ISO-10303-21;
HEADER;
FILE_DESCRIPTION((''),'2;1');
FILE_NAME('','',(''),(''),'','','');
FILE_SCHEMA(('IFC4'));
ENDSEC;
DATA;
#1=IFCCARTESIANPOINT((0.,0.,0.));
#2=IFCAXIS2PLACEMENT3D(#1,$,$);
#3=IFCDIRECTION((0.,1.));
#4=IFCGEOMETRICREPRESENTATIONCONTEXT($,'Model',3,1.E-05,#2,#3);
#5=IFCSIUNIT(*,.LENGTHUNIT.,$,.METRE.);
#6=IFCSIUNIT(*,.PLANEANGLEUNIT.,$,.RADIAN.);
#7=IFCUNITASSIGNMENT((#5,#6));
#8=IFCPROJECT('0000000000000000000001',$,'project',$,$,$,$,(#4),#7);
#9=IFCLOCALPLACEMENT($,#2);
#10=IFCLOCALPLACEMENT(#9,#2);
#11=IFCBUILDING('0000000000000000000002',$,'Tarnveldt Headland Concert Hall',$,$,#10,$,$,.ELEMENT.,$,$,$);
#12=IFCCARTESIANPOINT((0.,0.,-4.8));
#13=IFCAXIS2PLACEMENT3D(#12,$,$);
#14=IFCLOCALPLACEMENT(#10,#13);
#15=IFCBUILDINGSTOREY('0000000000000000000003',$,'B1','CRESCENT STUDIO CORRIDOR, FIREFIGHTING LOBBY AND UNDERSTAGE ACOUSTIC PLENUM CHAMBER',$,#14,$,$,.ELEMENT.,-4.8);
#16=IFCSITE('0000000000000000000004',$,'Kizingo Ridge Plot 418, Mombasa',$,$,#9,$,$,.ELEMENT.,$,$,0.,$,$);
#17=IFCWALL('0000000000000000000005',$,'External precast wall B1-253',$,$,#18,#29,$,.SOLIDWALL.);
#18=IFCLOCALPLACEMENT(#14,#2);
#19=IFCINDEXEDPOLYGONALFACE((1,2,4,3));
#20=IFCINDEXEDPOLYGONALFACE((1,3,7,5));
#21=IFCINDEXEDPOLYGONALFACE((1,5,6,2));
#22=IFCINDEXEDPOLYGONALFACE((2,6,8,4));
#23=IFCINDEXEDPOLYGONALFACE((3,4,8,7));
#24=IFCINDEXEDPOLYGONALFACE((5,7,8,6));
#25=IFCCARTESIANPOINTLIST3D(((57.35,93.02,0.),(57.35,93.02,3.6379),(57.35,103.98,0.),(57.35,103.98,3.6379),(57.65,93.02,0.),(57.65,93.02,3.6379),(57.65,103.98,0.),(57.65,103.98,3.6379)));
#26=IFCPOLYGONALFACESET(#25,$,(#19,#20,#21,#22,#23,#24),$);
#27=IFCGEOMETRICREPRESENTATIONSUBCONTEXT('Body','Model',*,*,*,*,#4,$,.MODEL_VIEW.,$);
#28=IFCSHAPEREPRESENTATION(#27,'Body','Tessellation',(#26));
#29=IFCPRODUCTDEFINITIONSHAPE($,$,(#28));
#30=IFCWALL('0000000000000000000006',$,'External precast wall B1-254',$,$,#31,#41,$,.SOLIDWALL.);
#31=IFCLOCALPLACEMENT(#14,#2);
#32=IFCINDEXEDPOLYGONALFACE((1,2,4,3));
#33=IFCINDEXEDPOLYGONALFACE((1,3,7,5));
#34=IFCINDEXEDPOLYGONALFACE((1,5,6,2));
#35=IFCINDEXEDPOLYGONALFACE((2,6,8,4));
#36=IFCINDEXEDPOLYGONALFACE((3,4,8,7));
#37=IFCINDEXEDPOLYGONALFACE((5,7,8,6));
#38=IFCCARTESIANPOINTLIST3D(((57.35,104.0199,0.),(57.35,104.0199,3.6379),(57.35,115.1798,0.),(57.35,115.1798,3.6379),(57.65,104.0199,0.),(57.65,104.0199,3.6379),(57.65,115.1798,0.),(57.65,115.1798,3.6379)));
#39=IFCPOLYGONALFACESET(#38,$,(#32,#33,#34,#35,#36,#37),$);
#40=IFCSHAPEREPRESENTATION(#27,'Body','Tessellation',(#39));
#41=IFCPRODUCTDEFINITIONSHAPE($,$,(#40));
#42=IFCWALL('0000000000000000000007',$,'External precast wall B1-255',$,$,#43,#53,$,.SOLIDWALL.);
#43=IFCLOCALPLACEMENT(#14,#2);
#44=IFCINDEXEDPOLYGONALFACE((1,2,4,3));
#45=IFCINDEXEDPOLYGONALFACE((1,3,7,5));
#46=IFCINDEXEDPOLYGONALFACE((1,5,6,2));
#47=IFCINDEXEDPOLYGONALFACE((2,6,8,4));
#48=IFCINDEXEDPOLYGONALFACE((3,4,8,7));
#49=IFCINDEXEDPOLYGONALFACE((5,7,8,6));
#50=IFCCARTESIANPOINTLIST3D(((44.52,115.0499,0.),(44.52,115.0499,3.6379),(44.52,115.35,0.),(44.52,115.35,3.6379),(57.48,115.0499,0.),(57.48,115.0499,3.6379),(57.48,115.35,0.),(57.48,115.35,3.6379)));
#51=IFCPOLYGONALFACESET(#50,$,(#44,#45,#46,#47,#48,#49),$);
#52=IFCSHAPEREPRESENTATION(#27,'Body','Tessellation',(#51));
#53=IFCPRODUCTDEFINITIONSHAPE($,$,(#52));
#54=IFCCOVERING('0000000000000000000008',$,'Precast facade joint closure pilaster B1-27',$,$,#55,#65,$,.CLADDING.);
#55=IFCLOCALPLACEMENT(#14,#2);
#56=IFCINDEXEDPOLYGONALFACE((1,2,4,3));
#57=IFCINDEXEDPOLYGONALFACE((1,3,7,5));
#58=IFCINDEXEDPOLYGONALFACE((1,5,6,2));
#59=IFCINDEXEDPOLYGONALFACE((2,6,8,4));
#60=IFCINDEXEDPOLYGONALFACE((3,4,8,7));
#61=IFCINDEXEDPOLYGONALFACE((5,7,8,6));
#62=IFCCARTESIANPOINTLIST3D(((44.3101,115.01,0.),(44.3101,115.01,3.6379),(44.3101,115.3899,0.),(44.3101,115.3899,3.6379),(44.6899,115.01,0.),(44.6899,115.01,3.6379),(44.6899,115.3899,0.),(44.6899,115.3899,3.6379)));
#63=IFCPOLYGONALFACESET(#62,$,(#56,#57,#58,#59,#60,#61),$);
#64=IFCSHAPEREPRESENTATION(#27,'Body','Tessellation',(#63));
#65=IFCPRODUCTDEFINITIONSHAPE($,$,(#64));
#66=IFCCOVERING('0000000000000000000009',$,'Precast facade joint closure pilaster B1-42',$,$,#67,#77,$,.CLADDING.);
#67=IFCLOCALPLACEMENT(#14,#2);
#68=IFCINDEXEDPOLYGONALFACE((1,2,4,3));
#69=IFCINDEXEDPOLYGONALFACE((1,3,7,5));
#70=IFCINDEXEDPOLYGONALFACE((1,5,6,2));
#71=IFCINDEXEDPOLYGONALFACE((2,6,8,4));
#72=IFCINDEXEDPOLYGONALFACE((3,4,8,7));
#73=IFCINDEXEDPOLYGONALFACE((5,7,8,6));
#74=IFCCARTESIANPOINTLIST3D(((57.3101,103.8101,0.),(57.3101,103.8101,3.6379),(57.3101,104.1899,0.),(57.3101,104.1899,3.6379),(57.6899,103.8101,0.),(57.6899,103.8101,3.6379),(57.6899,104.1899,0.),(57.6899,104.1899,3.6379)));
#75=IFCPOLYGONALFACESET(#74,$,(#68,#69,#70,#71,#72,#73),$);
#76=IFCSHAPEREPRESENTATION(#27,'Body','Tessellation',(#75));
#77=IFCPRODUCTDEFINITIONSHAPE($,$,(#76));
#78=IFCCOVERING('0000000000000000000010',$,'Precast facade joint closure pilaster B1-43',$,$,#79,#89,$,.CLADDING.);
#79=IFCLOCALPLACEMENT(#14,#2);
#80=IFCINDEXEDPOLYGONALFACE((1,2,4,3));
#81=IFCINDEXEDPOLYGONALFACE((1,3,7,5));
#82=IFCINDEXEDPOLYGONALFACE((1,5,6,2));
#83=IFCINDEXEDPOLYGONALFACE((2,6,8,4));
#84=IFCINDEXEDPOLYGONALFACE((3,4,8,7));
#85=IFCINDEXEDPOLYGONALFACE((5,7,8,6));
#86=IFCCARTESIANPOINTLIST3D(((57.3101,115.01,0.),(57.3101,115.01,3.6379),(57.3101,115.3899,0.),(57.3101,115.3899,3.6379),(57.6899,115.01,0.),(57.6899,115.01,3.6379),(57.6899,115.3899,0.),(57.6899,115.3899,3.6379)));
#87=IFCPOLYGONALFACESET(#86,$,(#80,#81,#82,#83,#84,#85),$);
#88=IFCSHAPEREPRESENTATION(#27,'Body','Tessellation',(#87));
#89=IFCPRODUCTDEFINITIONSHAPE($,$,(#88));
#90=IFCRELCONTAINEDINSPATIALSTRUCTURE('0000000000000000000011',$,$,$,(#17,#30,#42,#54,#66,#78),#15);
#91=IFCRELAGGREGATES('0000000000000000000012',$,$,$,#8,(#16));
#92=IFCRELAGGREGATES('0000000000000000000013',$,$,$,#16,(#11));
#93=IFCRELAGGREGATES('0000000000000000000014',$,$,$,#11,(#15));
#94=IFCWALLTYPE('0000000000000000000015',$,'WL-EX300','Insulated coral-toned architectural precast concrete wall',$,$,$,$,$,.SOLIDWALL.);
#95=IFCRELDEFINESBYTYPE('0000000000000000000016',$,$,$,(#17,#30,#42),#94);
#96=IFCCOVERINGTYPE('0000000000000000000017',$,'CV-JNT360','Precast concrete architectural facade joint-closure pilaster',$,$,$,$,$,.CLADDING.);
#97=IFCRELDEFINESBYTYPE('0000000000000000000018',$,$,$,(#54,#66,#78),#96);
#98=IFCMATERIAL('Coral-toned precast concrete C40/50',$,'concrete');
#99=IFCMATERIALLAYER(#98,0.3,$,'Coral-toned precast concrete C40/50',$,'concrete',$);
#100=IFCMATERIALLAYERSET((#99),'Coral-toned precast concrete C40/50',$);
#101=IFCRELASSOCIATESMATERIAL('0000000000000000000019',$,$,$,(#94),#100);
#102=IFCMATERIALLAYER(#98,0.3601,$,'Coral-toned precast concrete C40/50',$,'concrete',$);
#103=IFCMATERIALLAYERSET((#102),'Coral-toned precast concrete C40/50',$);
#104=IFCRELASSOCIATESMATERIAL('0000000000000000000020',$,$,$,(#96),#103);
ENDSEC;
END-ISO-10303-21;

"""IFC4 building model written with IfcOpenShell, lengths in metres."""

from ifc_helpers import new_model, si_unit, direction, frame, frame_2d, origin, origin_2d, place, context, subcontext, project, spatial, rectangle, extrude, material, layer, layer_set, type_object, element, save


model = new_model("IFC4")

# Units and contexts
model_context = context("Model", 3, precision=1e-05, world=origin(), true_north=direction((0.0, 1.0)))
body_context = subcontext(model_context, "Body", "Model", "MODEL_VIEW")
ifc_project = project(units=[si_unit("LENGTHUNIT", "METRE"), si_unit("PLANEANGLEUNIT", "RADIAN")], contexts=[model_context])

# Site, building, storey
site_placement = place(None, origin())
site = spatial("IfcSite", under=ifc_project, at=site_placement, Name="Kizingo Ridge Plot 418, Mombasa", CompositionType="ELEMENT", RefElevation=0.0)
building_placement = place(site_placement, origin())
building = spatial("IfcBuilding", under=site, at=building_placement, Name="Tarnveldt Headland Concert Hall", CompositionType="ELEMENT")
storey_placement = place(building_placement, frame((0.0, 0.0, -4.8)))
storey = spatial("IfcBuildingStorey", under=building, at=storey_placement, Name="B1", Description="CRESCENT STUDIO CORRIDOR, FIREFIGHTING LOBBY AND UNDERSTAGE ACOUSTIC PLENUM CHAMBER", CompositionType="ELEMENT", Elevation=-4.8)

# Walls
ifc_material_1 = material(Name="Coral-toned precast concrete C40/50", Category="concrete")
ifc_layer_1 = layer(ifc_material_1, 0.3, Name="Coral-toned precast concrete C40/50", Category="concrete")
ifc_layer_set_1 = layer_set([ifc_layer_1], Name="Coral-toned precast concrete C40/50")
wall_type = type_object("IfcWallType", Name="WL-EX300", Description="Insulated coral-toned architectural precast concrete wall", PredefinedType="SOLIDWALL", material=ifc_layer_set_1)
wall_1_placement = place(storey_placement, frame((57.5, 103.98, 0.0), z_axis=(0.0, 0.0, 1.0), x_axis=(0.0, -1.0, 0.0)))
element("IfcWall", 1, at=wall_1_placement, inside=storey, type_object=wall_type, Name="External precast wall B1-253", PredefinedType="SOLIDWALL", context=body_context, shape_type="SweptSolid", body=[
    extrude(rectangle(XDim=10.96, YDim=0.3, at=frame_2d((5.48, 0.0))), origin(), (0.0, 0.0, 1.0), 3.6379),
])
wall_2_placement = place(storey_placement, frame((57.5, 115.1799, 0.0), z_axis=(0.0, 0.0, 1.0), x_axis=(0.0, -1.0, 0.0)))
element("IfcWall", 2, at=wall_2_placement, inside=storey, type_object=wall_type, Name="External precast wall B1-254", PredefinedType="SOLIDWALL", context=body_context, shape_type="SweptSolid", body=[
    extrude(rectangle(XDim=11.1599, YDim=0.3, at=frame_2d((5.5801, 0.0))), origin(), (0.0, 0.0, 1.0), 3.6379),
])
wall_3_placement = place(storey_placement, frame((44.52, 115.2, 0.0), z_axis=(0.0, 0.0, 1.0), x_axis=(1.0, 0.0, 0.0)))
element("IfcWall", 3, at=wall_3_placement, inside=storey, type_object=wall_type, Name="External precast wall B1-255", PredefinedType="SOLIDWALL", context=body_context, shape_type="SweptSolid", body=[
    extrude(rectangle(XDim=12.96, YDim=0.3, at=frame_2d((6.48, 0.0))), origin(), (0.0, 0.0, 1.0), 3.6379),
])

# Coverings
ifc_layer_2 = layer(ifc_material_1, 0.3601, Name="Coral-toned precast concrete C40/50", Category="concrete")
ifc_layer_set_2 = layer_set([ifc_layer_2], Name="Coral-toned precast concrete C40/50")
covering_type = type_object("IfcCoveringType", Name="CV-JNT360", Description="Precast concrete architectural facade joint-closure pilaster", PredefinedType="CLADDING", material=ifc_layer_set_2)
for number, where, z_axis, x_axis, name in (
    (4, (44.5, 115.2, 0.0), (0.0, 0.0, 1.0), (1.0, 0.0, 0.0), "Precast facade joint closure pilaster B1-27"),
    (5, (57.5, 104.0, 0.0), (0.0, 0.0, 1.0), (0.0, -1.0, 0.0), "Precast facade joint closure pilaster B1-42"),
    (6, (57.5, 115.2, 0.0), (0.0, 0.0, 1.0), (0.0, -1.0, 0.0), "Precast facade joint closure pilaster B1-43"),
):
    element("IfcCovering", number, at=place(storey_placement, frame(where, z_axis=z_axis, x_axis=x_axis)), inside=storey, type_object=covering_type, Name=name, PredefinedType="CLADDING", context=body_context, shape_type="SweptSolid", body=[
        extrude(rectangle(XDim=0.3799, YDim=0.3799, at=origin_2d()), origin(), (0.0, 0.0, 1.0), 3.6379),
    ])

save(model, "model.ifc")
